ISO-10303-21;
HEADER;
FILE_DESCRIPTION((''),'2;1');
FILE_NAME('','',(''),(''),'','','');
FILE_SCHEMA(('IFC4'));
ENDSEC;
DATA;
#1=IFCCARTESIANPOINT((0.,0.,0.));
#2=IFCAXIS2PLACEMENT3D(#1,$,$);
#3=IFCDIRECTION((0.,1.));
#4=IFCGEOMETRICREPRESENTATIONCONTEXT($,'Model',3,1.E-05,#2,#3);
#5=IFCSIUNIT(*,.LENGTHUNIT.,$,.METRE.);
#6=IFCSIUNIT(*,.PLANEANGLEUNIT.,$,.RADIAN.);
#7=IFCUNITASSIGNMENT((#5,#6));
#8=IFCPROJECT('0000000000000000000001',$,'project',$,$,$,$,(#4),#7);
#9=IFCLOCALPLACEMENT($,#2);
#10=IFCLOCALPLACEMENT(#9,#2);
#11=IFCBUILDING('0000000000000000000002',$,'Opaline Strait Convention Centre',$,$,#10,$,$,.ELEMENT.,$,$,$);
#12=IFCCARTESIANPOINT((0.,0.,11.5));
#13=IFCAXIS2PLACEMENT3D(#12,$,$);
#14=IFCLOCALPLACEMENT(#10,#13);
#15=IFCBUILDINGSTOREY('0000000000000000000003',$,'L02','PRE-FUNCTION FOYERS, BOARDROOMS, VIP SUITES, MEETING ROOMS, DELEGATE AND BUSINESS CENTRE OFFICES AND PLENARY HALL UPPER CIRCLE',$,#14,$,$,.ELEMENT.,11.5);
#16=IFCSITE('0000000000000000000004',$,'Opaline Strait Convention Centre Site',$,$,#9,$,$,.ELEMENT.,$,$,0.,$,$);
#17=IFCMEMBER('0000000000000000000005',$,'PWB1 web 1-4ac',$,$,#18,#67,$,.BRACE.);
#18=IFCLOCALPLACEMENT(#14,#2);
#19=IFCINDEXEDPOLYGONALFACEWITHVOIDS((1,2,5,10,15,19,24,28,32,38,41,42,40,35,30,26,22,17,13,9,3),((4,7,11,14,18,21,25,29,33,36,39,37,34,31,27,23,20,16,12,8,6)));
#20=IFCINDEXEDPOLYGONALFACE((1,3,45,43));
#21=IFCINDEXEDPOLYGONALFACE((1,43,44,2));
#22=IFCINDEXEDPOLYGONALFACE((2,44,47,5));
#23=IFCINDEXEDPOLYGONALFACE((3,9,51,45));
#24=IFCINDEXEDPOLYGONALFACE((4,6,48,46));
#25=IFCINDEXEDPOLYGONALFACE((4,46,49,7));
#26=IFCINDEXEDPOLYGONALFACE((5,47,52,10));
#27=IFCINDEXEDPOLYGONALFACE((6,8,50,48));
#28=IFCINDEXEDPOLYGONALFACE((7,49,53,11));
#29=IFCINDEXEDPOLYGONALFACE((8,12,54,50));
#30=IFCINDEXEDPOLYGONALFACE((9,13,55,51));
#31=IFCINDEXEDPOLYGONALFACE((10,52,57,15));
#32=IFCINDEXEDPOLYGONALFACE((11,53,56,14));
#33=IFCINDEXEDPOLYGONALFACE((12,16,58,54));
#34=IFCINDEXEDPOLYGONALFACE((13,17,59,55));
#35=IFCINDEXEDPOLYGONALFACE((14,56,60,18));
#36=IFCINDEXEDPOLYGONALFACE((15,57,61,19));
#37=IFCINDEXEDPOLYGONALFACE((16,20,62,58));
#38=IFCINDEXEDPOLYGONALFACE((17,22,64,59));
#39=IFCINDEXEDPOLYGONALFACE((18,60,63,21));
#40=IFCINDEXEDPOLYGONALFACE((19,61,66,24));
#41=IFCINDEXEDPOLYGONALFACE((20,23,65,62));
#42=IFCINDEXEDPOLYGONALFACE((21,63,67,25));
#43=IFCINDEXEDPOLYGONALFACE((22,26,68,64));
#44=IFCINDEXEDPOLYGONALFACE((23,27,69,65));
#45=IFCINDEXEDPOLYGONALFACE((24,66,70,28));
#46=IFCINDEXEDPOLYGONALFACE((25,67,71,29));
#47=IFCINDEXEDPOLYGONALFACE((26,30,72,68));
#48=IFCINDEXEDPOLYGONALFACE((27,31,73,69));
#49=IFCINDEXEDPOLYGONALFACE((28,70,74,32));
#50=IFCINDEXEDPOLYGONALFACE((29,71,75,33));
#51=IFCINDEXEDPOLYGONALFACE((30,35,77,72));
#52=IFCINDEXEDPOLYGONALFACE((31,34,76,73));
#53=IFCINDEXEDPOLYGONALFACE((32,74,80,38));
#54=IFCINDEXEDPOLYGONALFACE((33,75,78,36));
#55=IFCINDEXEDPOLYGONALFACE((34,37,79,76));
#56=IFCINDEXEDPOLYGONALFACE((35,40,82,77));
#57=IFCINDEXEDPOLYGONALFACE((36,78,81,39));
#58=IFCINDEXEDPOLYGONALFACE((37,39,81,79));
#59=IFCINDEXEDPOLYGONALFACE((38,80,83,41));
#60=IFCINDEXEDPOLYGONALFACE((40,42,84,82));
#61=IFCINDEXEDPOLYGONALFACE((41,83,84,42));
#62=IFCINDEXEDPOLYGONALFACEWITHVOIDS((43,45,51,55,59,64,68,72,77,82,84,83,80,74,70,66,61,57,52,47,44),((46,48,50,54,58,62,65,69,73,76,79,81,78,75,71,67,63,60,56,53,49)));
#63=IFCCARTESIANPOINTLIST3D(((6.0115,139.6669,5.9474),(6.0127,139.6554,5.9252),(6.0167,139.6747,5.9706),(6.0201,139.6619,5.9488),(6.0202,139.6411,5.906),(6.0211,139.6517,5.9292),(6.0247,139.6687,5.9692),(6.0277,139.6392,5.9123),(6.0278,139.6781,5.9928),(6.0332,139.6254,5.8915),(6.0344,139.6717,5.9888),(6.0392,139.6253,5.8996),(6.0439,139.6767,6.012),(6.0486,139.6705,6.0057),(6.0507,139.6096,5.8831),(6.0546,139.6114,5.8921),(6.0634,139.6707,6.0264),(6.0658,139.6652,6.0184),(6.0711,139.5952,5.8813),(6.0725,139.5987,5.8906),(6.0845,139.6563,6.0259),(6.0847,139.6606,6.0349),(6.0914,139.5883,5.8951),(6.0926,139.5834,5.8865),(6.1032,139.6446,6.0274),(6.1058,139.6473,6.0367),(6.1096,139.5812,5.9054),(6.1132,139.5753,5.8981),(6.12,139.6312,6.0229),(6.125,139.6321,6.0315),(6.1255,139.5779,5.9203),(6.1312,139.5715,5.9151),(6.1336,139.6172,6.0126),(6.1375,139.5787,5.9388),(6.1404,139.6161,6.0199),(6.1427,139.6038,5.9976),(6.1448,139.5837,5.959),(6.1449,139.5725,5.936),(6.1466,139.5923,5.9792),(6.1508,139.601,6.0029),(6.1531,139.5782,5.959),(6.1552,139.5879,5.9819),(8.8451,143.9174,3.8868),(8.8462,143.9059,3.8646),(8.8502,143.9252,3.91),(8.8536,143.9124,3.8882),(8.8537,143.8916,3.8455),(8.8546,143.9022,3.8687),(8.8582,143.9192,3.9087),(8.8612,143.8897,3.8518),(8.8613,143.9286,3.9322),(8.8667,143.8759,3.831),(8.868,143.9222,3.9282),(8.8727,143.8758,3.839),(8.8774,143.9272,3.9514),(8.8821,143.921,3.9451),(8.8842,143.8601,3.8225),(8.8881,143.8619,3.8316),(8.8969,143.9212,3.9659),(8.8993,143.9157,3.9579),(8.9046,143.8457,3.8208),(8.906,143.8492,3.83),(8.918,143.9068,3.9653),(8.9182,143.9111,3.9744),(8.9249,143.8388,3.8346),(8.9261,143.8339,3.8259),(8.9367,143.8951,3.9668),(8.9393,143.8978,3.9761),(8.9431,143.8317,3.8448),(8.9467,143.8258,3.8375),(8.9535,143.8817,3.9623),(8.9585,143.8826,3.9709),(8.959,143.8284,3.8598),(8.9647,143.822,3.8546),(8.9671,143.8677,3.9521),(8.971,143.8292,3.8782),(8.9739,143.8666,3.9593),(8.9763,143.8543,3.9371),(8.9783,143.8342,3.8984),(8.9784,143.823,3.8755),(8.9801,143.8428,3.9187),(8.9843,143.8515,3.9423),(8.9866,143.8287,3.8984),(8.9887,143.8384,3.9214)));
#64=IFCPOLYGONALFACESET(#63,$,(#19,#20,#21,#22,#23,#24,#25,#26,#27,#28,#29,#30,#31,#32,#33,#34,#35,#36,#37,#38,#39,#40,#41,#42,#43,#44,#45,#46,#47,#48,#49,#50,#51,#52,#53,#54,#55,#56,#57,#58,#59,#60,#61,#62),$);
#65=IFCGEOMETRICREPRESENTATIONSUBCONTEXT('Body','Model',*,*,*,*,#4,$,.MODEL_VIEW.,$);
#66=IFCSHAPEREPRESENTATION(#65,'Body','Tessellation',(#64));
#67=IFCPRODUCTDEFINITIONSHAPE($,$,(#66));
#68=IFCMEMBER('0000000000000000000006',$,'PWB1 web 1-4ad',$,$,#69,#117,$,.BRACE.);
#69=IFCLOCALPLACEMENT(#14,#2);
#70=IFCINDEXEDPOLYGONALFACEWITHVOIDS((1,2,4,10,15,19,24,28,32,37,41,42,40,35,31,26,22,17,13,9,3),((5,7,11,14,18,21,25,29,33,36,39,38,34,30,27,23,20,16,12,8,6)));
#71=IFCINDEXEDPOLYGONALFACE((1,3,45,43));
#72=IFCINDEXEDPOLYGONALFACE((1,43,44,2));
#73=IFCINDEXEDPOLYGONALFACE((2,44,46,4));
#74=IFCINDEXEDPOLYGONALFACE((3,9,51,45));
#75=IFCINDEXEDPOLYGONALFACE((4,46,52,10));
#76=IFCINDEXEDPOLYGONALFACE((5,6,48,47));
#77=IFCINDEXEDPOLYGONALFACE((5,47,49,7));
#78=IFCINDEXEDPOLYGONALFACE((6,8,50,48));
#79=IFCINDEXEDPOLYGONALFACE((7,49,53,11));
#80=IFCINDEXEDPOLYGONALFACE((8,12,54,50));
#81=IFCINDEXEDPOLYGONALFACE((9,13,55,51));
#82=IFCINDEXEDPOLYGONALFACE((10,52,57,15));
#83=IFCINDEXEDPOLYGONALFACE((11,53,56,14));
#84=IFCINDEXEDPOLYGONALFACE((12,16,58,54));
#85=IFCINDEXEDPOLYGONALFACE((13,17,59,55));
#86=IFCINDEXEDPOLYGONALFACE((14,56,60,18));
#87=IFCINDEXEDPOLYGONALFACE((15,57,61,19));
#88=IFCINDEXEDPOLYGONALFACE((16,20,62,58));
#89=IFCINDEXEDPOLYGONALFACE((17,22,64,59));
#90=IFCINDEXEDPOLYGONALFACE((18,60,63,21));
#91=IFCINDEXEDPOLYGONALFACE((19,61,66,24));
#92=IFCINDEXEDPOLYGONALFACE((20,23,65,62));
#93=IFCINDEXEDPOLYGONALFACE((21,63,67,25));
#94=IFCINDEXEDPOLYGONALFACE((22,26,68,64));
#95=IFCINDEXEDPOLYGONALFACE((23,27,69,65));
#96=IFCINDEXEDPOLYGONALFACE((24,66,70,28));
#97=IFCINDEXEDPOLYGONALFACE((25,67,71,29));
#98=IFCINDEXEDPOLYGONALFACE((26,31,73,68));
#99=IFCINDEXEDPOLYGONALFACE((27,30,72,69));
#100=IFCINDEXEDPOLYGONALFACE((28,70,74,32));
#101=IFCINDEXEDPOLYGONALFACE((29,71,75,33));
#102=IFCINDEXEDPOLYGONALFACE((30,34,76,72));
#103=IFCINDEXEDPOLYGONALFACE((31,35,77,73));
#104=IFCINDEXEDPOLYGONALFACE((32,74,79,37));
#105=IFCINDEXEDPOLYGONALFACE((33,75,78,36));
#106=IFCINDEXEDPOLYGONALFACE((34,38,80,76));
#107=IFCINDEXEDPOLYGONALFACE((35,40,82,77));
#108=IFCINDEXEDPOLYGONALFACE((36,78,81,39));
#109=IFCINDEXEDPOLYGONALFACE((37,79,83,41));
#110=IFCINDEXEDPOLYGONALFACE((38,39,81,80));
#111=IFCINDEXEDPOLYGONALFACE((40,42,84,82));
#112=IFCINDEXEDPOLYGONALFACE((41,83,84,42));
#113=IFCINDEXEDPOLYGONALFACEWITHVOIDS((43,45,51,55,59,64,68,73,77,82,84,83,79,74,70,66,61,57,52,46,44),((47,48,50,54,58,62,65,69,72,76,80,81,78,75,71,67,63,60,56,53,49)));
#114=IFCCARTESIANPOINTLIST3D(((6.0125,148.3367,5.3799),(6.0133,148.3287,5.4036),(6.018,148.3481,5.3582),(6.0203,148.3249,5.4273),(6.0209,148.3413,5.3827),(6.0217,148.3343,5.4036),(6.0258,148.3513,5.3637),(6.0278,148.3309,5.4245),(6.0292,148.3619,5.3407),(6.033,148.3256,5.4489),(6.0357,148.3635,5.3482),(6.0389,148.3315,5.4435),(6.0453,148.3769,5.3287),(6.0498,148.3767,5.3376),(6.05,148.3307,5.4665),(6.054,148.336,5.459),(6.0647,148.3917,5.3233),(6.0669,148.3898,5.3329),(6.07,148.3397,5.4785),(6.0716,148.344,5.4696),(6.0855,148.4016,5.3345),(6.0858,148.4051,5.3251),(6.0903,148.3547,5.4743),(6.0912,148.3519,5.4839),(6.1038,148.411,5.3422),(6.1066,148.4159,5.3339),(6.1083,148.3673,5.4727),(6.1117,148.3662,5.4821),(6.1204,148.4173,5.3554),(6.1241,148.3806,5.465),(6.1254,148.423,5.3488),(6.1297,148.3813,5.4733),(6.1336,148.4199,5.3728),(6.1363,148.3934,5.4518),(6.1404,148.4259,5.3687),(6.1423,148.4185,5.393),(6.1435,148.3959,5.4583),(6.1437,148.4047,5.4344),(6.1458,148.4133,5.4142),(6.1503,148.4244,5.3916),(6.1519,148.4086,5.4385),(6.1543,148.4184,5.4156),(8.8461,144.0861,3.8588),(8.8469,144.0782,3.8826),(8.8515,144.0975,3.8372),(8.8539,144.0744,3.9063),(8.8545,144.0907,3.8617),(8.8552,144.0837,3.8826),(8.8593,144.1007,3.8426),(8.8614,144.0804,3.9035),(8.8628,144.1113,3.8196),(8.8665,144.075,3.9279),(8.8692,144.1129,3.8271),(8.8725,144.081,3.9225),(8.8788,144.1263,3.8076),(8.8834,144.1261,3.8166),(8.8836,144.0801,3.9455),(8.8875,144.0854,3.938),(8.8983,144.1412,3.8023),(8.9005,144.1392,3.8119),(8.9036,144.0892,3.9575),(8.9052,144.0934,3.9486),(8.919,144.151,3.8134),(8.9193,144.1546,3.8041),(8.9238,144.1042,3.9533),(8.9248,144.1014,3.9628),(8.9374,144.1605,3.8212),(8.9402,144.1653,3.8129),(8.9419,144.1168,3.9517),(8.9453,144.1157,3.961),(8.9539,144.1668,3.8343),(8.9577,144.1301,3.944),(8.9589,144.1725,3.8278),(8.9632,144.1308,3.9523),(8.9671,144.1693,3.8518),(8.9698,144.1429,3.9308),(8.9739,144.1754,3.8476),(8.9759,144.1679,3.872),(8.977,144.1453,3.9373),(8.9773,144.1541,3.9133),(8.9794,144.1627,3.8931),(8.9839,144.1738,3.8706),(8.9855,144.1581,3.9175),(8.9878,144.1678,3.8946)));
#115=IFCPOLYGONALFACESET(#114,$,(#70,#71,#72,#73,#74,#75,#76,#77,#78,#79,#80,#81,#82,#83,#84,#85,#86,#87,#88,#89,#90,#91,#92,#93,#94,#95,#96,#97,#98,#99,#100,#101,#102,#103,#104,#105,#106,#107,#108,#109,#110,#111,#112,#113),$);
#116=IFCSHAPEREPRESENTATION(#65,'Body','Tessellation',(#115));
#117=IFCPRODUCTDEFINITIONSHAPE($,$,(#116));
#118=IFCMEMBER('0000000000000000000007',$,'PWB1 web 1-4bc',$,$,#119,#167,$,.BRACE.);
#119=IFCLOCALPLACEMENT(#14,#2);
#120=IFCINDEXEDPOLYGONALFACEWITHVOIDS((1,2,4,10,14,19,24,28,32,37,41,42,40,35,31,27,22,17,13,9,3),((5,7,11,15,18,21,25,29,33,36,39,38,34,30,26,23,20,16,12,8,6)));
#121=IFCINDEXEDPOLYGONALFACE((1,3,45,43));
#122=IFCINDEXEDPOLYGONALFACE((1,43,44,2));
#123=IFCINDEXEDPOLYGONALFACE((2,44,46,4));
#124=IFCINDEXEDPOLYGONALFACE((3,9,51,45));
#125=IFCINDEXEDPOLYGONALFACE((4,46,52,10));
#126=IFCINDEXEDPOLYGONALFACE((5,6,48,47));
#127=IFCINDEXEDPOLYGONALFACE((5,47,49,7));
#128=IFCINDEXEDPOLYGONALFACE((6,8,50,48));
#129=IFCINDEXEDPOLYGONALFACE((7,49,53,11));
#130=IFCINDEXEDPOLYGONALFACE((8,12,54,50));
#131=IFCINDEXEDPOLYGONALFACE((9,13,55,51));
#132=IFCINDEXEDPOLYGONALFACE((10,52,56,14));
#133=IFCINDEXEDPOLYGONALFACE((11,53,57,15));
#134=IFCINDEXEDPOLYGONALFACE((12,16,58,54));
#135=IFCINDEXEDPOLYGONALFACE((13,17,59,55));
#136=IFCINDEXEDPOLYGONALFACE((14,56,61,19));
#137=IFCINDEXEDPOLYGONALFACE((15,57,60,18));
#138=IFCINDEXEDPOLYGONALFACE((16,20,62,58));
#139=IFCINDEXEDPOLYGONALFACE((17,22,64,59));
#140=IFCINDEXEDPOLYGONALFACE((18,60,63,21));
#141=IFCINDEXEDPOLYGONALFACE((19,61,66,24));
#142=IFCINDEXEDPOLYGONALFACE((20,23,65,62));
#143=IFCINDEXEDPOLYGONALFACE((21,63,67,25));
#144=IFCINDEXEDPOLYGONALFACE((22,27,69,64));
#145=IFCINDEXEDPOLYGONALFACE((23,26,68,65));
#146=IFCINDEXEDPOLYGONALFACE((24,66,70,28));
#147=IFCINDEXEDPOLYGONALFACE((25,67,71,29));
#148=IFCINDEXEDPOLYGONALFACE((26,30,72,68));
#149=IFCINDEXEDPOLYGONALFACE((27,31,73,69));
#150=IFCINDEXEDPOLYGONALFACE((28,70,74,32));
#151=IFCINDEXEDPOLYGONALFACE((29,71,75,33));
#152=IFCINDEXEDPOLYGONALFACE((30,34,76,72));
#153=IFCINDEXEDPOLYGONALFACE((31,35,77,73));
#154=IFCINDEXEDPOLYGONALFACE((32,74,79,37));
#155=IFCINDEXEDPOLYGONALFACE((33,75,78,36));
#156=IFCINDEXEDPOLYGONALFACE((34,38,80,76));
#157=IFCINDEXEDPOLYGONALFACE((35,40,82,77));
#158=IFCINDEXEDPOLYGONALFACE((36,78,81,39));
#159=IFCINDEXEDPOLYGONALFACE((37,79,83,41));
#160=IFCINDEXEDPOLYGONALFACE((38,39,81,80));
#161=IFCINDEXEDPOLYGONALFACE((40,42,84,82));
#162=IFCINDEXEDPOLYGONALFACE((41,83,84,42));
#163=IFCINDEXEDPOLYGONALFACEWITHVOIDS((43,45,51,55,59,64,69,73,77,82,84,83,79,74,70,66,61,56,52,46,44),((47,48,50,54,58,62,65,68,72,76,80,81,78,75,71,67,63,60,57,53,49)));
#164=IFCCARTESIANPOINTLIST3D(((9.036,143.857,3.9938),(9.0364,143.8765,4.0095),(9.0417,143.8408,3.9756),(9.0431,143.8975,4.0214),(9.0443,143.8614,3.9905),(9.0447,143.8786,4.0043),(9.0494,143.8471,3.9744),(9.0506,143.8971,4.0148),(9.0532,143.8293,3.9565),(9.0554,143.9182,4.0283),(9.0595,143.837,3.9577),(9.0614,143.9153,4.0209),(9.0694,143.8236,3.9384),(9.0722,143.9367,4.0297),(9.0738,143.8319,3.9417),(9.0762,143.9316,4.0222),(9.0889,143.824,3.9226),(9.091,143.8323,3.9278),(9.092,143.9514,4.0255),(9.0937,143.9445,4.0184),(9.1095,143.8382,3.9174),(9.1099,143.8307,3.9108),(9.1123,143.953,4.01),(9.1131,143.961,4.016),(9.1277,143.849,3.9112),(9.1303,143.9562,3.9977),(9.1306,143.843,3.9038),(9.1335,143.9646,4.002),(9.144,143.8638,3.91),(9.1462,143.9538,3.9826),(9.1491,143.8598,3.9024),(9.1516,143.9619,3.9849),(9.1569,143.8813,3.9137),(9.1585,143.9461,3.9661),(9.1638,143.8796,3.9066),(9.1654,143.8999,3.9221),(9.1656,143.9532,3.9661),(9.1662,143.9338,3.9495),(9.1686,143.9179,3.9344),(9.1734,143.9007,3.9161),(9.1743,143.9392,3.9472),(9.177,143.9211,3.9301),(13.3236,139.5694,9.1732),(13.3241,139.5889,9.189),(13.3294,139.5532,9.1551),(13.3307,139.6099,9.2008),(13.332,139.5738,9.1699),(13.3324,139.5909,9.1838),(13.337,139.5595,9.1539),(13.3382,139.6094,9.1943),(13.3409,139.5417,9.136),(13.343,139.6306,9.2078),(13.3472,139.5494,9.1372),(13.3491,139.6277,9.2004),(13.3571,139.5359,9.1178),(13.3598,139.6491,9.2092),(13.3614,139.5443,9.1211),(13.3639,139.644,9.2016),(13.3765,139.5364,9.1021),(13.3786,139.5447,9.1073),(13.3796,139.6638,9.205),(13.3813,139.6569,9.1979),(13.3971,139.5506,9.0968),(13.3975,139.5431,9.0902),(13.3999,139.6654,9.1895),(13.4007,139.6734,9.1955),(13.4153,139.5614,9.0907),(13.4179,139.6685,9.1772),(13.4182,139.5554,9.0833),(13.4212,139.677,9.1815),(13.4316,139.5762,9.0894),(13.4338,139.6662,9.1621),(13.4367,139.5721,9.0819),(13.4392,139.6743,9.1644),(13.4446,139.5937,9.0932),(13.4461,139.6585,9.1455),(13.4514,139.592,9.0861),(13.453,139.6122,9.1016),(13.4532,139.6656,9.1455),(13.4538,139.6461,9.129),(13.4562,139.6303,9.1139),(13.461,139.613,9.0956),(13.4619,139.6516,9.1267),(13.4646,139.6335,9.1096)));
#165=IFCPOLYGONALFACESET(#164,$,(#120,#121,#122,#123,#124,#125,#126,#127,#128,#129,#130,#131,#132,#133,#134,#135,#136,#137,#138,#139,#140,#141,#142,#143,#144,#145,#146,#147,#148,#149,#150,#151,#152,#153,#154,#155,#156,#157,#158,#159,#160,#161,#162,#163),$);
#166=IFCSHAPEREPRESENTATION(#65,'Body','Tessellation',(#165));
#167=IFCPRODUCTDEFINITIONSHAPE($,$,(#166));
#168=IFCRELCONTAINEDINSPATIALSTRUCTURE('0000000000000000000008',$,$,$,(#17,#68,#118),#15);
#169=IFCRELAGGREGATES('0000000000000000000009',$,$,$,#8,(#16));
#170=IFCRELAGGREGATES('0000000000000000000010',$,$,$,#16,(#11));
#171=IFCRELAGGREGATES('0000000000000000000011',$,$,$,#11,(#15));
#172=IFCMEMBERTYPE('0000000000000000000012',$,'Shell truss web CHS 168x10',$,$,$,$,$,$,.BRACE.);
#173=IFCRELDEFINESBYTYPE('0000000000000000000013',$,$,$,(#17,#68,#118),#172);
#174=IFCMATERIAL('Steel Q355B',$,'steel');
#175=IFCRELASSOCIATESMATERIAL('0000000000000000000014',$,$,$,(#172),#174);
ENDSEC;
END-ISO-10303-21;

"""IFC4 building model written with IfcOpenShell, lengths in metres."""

from ifc_helpers import new_model, si_unit, direction, frame, origin, origin_2d, place, context, subcontext, project, spatial, hollow_circle, extrude, material, material_profile, profile_set, type_object, element, save


model = new_model("IFC4")

# Units and contexts
model_context = context("Model", 3, precision=1e-05, world=origin(), true_north=direction((0.0, 1.0)))
body_context = subcontext(model_context, "Body", "Model", "MODEL_VIEW")
ifc_project = project(units=[si_unit("LENGTHUNIT", "METRE"), si_unit("PLANEANGLEUNIT", "RADIAN")], contexts=[model_context])

# Site, building, storey
site_placement = place(None, origin())
site = spatial("IfcSite", under=ifc_project, at=site_placement, Name="Opaline Strait Convention Centre Site", CompositionType="ELEMENT", RefElevation=0.0)
building_placement = place(site_placement, origin())
building = spatial("IfcBuilding", under=site, at=building_placement, Name="Opaline Strait Convention Centre", CompositionType="ELEMENT")
storey_placement = place(building_placement, frame((0.0, 0.0, 11.5)))
storey = spatial("IfcBuildingStorey", under=building, at=storey_placement, Name="L02", Description="PRE-FUNCTION FOYERS, BOARDROOMS, VIP SUITES, MEETING ROOMS, DELEGATE AND BUSINESS CENTRE OFFICES AND PLENARY HALL UPPER CIRCLE", CompositionType="ELEMENT", Elevation=11.5)

# Members
ifc_material_1 = material(Name="Steel Q355B", Category="steel")
ifc_material_profile_1 = material_profile(ifc_material_1, hollow_circle(Radius=0.084, WallThickness=0.01, at=origin_2d()), Name="CHS 168x10")
ifc_profile_set_1 = profile_set([ifc_material_profile_1], Name="Steel Q355B")
member_type_1 = type_object("IfcMemberType", Name="Shell truss web CHS 168x10", PredefinedType="BRACE", material=ifc_profile_set_1)
member_1_placement = place(storey_placement, frame((8.9167, 143.8752, 3.8984), z_axis=(-0.514406, -0.771654, 0.374081), x_axis=(0.832065, -0.554678, 0.0)))
element("IfcMember", 1, at=member_1_placement, inside=storey, type_object=member_type_1, Name="PWB1 web 1-4ac", PredefinedType="BRACE", context=body_context, shape_type="SweptSolid", body=[
    extrude(hollow_circle(Radius=0.084, WallThickness=0.01, at=origin_2d()), origin(), (0.0, 0.0, 1.0), 5.5083),
])
member_2_placement = place(storey_placement, frame((8.9167, 144.1248, 3.8826), z_axis=(-0.531614, 0.797467, 0.285366), x_axis=(-0.832065, -0.554678, 0.0)))
element("IfcMember", 2, at=member_2_placement, inside=storey, type_object=member_type_1, Name="PWB1 web 1-4ad", PredefinedType="BRACE", context=body_context, shape_type="SweptSolid", body=[
    extrude(hollow_circle(Radius=0.084, WallThickness=0.01, at=origin_2d()), origin(), (0.0, 0.0, 1.0), 5.3301),
])
member_3_placement = place(storey_placement, frame((9.1062, 143.8938, 3.9661), z_axis=(0.537659, -0.537659, 0.649496), x_axis=(0.707107, 0.707107, 0.0)))
element("IfcMember", 3, at=member_3_placement, inside=storey, type_object=member_type_1, Name="PWB1 web 1-4bc", PredefinedType="BRACE", context=body_context, shape_type="SweptSolid", body=[
    extrude(hollow_circle(Radius=0.084, WallThickness=0.01, at=origin_2d()), origin(), (0.0, 0.0, 1.0), 7.9746),
])

save(model, "model.ifc")
